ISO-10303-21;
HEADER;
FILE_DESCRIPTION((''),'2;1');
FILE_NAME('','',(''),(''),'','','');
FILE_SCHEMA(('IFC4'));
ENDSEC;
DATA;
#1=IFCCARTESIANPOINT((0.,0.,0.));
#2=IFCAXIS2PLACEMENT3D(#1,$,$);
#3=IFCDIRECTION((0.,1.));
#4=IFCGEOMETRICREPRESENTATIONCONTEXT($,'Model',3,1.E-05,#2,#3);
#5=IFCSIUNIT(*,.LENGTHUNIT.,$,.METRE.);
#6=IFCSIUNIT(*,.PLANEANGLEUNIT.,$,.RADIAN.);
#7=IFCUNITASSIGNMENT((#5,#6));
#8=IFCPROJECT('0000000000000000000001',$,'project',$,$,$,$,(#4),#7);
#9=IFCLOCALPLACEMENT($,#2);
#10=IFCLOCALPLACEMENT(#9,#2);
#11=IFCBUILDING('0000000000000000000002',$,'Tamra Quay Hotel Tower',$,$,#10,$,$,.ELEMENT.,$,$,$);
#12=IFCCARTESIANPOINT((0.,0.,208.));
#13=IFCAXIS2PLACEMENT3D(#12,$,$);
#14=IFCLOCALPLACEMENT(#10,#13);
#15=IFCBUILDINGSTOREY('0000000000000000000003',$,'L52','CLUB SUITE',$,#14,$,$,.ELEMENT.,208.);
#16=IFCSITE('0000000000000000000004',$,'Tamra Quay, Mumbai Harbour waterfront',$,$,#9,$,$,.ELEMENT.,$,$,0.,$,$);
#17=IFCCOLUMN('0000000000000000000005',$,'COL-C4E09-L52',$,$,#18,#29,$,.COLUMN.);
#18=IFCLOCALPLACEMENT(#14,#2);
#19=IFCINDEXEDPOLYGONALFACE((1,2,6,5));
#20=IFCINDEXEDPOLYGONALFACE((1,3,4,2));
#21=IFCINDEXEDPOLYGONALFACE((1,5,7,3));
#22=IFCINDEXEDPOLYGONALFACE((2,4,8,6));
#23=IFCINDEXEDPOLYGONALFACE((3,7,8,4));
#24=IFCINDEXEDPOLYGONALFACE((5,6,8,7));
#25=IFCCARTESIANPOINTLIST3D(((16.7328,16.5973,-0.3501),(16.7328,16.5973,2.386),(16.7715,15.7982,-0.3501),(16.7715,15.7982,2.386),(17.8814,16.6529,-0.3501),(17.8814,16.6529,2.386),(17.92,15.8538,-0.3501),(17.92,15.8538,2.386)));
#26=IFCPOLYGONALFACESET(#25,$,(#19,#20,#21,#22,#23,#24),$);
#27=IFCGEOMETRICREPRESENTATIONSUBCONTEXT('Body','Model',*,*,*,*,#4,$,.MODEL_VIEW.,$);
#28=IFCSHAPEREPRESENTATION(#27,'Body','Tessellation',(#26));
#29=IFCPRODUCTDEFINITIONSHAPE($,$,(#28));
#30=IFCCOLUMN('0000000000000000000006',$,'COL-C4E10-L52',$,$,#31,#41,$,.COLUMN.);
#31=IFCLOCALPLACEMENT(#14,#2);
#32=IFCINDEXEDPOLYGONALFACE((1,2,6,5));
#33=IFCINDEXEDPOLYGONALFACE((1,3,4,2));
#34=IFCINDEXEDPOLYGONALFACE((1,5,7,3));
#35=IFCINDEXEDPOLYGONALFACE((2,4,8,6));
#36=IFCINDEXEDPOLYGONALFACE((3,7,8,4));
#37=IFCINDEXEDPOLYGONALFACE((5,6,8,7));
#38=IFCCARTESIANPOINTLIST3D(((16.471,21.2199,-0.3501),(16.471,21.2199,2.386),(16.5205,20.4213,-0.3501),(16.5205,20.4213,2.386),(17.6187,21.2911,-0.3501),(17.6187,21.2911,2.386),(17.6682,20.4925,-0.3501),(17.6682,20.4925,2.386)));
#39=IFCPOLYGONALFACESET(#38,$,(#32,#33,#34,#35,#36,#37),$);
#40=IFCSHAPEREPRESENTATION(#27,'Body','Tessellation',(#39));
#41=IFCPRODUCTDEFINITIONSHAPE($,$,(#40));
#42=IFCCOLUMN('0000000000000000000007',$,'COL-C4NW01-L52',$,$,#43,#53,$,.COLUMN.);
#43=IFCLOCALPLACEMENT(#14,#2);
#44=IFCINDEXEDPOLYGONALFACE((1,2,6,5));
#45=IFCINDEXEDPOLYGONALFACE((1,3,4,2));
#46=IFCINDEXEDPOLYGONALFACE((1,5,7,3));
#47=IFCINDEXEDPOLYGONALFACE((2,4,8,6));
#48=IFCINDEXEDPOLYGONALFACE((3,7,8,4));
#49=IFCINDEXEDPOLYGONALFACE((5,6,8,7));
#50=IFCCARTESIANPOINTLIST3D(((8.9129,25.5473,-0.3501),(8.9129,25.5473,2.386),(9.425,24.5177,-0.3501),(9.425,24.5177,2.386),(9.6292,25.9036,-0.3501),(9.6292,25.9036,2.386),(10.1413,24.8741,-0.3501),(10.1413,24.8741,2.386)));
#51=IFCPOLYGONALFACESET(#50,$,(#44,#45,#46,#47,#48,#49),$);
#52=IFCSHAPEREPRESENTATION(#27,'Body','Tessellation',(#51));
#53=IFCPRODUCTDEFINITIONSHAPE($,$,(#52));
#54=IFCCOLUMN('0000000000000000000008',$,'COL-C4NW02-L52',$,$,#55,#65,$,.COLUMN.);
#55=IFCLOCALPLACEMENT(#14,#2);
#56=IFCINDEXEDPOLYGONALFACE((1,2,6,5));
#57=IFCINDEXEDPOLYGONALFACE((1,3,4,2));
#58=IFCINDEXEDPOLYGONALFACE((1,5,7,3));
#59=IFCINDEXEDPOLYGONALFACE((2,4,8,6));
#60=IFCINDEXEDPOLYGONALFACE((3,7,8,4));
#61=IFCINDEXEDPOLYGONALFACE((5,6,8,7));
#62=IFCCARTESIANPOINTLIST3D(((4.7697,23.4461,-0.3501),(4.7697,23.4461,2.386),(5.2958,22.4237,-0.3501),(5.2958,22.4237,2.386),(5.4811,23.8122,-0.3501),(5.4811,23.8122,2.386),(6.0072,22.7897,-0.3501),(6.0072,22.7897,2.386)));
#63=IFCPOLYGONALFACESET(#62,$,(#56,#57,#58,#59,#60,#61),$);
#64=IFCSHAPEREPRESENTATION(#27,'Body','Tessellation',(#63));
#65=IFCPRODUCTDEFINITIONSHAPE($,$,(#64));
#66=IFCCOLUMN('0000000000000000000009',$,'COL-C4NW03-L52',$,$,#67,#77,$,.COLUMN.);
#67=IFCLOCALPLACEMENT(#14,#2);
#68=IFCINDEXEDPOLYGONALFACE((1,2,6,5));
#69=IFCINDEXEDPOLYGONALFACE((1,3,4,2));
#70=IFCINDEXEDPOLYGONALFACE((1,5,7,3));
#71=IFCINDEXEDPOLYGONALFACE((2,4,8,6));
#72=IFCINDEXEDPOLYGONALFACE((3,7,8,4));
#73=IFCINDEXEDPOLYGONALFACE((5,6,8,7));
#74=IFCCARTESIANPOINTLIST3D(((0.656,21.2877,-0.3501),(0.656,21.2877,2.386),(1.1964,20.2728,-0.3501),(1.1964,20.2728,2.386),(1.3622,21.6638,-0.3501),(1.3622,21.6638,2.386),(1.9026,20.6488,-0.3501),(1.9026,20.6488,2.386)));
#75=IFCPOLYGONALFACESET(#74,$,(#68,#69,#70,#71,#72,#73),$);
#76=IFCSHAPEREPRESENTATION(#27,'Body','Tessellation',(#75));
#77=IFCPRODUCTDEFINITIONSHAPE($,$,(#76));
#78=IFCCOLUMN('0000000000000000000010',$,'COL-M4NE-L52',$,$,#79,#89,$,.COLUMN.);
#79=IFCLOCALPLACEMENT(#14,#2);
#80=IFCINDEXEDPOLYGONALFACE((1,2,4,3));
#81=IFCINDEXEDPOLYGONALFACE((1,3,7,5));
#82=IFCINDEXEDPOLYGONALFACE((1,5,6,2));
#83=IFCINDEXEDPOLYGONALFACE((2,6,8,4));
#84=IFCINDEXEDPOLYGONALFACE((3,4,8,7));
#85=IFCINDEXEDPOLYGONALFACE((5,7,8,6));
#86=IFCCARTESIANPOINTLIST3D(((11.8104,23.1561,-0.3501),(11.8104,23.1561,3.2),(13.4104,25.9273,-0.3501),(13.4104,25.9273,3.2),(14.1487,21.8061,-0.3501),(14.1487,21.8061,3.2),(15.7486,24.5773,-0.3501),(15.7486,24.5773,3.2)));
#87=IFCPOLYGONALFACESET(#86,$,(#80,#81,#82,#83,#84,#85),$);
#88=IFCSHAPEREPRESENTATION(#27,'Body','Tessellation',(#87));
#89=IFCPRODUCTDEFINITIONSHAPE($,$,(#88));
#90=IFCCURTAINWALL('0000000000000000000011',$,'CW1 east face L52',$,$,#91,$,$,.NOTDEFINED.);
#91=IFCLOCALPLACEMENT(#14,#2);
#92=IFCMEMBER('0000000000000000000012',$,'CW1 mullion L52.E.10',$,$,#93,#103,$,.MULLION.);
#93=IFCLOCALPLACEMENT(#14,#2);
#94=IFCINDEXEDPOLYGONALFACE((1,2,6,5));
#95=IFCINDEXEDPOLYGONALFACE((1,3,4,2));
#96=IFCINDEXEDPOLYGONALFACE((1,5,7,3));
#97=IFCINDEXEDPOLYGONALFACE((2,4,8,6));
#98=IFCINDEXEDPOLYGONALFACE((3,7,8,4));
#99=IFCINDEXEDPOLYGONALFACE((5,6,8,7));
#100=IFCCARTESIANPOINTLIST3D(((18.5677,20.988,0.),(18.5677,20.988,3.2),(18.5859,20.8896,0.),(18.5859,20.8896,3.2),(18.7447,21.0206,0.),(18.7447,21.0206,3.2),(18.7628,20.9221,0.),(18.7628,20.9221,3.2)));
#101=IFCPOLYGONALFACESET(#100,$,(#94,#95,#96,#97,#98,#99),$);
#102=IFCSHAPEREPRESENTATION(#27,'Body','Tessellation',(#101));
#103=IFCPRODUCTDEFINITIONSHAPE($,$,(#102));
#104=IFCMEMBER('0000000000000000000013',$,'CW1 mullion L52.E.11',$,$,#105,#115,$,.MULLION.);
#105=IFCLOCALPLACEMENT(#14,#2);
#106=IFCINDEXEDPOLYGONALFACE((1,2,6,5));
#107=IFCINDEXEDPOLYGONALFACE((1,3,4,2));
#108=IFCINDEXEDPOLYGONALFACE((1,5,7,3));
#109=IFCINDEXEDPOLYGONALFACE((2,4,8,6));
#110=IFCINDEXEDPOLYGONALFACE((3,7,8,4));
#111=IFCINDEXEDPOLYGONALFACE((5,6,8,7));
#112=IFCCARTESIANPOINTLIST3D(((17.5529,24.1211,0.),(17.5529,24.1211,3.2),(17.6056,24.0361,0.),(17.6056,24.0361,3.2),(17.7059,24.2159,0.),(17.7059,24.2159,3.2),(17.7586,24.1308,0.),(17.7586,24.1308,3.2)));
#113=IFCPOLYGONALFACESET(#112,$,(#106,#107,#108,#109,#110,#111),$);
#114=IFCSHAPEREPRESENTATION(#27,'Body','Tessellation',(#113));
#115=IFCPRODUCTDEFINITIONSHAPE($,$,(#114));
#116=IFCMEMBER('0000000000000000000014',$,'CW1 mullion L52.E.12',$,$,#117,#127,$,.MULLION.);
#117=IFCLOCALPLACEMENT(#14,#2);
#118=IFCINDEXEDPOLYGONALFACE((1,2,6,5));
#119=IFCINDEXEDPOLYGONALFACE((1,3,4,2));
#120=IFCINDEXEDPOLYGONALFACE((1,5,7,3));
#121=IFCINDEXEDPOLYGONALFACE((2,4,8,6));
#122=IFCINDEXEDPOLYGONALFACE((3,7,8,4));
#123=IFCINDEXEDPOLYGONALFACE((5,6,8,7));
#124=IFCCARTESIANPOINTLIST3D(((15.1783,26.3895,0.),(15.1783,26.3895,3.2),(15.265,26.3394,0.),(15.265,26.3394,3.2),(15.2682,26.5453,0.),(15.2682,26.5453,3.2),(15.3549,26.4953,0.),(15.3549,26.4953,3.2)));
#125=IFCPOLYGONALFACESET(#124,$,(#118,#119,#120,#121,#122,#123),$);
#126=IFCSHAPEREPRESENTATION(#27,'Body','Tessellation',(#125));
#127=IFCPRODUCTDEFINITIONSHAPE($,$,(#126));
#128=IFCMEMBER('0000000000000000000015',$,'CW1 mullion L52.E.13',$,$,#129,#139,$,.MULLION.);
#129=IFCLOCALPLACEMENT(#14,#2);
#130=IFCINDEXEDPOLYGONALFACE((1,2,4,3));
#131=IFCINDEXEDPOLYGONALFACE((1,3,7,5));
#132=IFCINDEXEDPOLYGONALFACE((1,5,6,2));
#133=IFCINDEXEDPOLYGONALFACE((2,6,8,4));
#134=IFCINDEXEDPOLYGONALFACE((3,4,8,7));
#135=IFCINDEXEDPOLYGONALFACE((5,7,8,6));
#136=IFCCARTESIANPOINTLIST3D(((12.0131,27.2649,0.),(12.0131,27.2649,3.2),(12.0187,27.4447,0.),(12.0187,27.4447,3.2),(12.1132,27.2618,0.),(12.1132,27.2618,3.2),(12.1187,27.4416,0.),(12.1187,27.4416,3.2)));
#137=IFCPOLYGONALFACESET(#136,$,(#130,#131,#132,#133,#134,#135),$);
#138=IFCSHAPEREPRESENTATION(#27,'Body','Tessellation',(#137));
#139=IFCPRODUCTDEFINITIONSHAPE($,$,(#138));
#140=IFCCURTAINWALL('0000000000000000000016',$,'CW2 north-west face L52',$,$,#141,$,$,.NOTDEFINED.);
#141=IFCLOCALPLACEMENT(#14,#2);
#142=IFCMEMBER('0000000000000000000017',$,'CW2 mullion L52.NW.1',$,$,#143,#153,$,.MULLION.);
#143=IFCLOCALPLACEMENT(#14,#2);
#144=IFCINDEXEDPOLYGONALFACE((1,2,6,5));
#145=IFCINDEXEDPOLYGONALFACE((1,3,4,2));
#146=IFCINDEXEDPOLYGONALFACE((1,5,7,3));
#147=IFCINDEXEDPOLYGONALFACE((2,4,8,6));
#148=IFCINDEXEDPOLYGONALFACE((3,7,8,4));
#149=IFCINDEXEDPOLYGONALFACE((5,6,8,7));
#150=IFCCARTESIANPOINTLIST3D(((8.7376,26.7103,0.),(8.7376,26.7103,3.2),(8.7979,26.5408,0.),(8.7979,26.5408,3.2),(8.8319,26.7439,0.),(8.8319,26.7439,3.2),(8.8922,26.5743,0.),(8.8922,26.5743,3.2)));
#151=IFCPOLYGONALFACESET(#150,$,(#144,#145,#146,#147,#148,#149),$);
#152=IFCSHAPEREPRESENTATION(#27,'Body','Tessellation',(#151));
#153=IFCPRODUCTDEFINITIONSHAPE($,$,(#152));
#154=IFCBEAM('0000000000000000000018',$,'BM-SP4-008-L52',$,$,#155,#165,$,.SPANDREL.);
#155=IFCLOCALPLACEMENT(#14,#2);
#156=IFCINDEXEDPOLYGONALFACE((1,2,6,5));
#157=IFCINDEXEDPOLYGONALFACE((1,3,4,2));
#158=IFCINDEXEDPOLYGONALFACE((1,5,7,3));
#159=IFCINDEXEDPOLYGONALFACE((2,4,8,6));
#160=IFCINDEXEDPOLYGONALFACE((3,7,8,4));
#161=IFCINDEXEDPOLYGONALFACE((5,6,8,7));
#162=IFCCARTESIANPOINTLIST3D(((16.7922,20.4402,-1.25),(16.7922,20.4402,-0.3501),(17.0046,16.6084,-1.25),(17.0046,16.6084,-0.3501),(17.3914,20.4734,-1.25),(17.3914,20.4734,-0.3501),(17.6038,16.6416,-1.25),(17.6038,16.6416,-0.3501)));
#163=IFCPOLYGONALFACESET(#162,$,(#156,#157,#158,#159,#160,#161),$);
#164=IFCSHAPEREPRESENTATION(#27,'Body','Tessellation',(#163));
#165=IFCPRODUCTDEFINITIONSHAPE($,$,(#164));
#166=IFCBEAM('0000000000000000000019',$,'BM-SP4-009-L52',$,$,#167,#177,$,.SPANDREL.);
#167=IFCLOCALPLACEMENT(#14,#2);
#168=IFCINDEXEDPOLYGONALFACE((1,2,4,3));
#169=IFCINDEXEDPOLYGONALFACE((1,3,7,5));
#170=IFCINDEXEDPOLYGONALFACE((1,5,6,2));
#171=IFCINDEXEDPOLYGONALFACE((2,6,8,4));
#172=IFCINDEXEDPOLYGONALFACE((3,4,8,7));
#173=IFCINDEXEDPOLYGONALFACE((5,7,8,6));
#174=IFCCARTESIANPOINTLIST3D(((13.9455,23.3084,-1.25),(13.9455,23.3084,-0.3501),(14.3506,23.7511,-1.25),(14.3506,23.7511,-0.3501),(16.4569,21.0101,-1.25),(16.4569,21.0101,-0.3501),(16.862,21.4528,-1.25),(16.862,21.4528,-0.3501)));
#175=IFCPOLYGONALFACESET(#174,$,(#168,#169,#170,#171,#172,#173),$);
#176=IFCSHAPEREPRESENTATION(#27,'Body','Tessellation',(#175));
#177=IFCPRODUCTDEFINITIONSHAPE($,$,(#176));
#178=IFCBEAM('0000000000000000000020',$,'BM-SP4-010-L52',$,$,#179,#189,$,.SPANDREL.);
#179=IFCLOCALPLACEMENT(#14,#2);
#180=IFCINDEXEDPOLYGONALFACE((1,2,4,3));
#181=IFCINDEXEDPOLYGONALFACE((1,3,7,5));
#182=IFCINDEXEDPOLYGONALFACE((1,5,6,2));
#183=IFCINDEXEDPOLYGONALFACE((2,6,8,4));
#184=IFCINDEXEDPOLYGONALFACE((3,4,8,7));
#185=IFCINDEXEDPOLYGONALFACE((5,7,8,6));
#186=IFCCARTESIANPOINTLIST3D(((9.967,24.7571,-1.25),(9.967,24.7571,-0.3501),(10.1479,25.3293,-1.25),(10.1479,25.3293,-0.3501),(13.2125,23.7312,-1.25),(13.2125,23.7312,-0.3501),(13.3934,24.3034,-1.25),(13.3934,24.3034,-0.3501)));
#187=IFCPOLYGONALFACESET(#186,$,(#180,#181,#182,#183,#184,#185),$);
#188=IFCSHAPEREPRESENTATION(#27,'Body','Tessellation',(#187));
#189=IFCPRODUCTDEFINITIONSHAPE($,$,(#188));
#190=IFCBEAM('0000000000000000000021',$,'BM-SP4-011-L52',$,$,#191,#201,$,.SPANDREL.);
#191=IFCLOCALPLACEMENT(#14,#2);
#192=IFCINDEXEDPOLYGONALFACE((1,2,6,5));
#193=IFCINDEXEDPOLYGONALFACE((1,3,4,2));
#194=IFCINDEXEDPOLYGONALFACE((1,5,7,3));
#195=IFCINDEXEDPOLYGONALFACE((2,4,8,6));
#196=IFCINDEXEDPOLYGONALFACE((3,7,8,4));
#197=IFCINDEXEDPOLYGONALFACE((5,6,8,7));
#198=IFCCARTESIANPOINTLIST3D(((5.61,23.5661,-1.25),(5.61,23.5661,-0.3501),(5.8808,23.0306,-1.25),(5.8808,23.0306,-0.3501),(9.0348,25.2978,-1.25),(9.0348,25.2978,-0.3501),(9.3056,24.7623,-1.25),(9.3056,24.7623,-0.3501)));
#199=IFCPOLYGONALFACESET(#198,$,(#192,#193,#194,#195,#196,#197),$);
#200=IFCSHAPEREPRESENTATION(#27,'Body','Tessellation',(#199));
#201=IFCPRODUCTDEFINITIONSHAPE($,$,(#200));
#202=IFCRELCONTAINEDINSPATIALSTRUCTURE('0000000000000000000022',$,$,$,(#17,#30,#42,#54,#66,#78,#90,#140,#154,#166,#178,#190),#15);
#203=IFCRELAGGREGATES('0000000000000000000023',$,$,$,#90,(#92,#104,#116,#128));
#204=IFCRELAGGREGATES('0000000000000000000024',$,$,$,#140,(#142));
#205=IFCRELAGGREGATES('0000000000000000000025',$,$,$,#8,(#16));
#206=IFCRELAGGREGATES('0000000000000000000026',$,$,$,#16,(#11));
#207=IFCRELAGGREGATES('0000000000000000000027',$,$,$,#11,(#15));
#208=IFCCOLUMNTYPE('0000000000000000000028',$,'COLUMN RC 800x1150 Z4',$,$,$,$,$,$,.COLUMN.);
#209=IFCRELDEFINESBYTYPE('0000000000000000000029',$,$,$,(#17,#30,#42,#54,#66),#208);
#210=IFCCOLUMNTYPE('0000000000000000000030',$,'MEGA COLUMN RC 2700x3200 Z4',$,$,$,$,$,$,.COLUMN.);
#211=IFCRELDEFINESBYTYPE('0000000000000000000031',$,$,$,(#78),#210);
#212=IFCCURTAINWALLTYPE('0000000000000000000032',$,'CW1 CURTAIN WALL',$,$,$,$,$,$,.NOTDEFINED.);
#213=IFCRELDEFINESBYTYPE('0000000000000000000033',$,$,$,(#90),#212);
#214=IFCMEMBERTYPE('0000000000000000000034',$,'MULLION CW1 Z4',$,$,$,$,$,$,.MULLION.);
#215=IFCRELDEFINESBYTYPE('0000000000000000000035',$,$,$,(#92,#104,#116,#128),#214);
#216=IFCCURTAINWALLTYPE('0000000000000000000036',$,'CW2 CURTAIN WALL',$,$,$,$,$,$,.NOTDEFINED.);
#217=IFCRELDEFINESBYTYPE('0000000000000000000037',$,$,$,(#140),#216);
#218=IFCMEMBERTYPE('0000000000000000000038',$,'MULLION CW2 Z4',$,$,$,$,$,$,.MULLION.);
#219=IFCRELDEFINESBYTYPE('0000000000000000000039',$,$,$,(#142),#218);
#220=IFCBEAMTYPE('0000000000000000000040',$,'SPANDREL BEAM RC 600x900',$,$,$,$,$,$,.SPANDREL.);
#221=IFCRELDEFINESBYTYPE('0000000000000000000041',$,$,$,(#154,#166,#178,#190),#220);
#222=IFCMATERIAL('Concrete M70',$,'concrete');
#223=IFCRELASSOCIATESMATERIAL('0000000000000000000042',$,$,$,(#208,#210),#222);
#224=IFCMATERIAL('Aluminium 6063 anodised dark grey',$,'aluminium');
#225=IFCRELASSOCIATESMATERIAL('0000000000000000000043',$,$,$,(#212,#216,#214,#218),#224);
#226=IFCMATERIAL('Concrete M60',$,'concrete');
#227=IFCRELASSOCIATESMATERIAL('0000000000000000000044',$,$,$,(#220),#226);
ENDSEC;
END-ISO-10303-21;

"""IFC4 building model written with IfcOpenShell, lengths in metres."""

from ifc_helpers import new_model, si_unit, direction, frame, origin, origin_2d, place, context, subcontext, project, spatial, rectangle, extrude, material, material_profile, profile_set, type_object, element, aggregate, save


model = new_model("IFC4")

# Units and contexts
model_context = context("Model", 3, precision=1e-05, world=origin(), true_north=direction((0.0, 1.0)))
body_context = subcontext(model_context, "Body", "Model", "MODEL_VIEW")
ifc_project = project(units=[si_unit("LENGTHUNIT", "METRE"), si_unit("PLANEANGLEUNIT", "RADIAN")], contexts=[model_context])

# Site, building, storey
site_placement = place(None, origin())
site = spatial("IfcSite", under=ifc_project, at=site_placement, Name="Tamra Quay, Mumbai Harbour waterfront", CompositionType="ELEMENT", RefElevation=0.0)
building_placement = place(site_placement, origin())
building = spatial("IfcBuilding", under=site, at=building_placement, Name="Tamra Quay Hotel Tower", CompositionType="ELEMENT")
storey_placement = place(building_placement, frame((0.0, 0.0, 208.0)))
storey = spatial("IfcBuildingStorey", under=building, at=storey_placement, Name="L52", Description="CLUB SUITE", CompositionType="ELEMENT", Elevation=208.0)

# Columns
ifc_material_1 = material(Name="Concrete M70", Category="concrete")
ifc_material_profile_1 = material_profile(ifc_material_1, rectangle(XDim=1.1499, YDim=0.8, at=origin_2d()), Name="COLUMN RC 800x1150 Z4")
ifc_profile_set_1 = profile_set([ifc_material_profile_1], Name="Concrete M70")
column_type_1 = type_object("IfcColumnType", Name="COLUMN RC 800x1150 Z4", PredefinedType="COLUMN", material=ifc_profile_set_1)
for number, where, z_axis, x_axis, name in (
    (1, (17.3264, 16.2256, -0.3501), (0.0, 0.0, 1.0), (0.998831, 0.048344, 0.0), "COL-C4E09-L52"),
    (2, (17.0696, 20.8562, -0.3501), (0.0, 0.0, 1.0), (0.998081, 0.061921, 0.0), "COL-C4E10-L52"),
    (3, (9.5271, 25.2107, -0.3501), (0.0, 0.0, 1.0), (-0.445415, 0.895324, 0.0), "COL-C4NW01-L52"),
    (4, (5.3884, 23.1179, -0.3501), (0.0, 0.0, 1.0), (-0.457548, 0.889185, 0.0), "COL-C4NW02-L52"),
    (5, (1.2793, 20.9683, -0.3501), (0.0, 0.0, 1.0), (-0.470002, 0.882666, 0.0), "COL-C4NW03-L52"),
):
    element("IfcColumn", number, at=place(storey_placement, frame(where, z_axis=z_axis, x_axis=x_axis)), inside=storey, type_object=column_type_1, Name=name, PredefinedType="COLUMN", context=body_context, shape_type="SweptSolid", body=[
        extrude(rectangle(XDim=1.1499, YDim=0.8, at=origin_2d()), origin(), (0.0, 0.0, 1.0), 2.7361),
    ])
ifc_material_profile_2 = material_profile(ifc_material_1, rectangle(XDim=3.2, YDim=2.7, at=origin_2d()), Name="MEGA COLUMN RC 2700x3200 Z4")
ifc_profile_set_2 = profile_set([ifc_material_profile_2], Name="Concrete M70")
column_type_2 = type_object("IfcColumnType", Name="MEGA COLUMN RC 2700x3200 Z4", PredefinedType="COLUMN", material=ifc_profile_set_2)
column_placement = place(storey_placement, frame((13.7795, 23.8667, -0.3501), z_axis=(0.0, 0.0, 1.0), x_axis=(0.5, 0.866025, 0.0)))
element("IfcColumn", 6, at=column_placement, inside=storey, type_object=column_type_2, Name="COL-M4NE-L52", PredefinedType="COLUMN", context=body_context, shape_type="SweptSolid", body=[
    extrude(rectangle(XDim=3.2, YDim=2.7, at=origin_2d()), origin(), (0.0, 0.0, 1.0), 3.55),
])

# Curtain wall, members
ifc_material_2 = material(Name="Aluminium 6063 anodised dark grey", Category="aluminium")
curtain_wall_type_1 = type_object("IfcCurtainWallType", Name="CW1 CURTAIN WALL", PredefinedType="NOTDEFINED", material=ifc_material_2)
curtain_wall_1_placement = place(storey_placement, origin())
curtain_wall_1 = element("IfcCurtainWall", 7, at=curtain_wall_1_placement, inside=storey, type_object=curtain_wall_type_1, Name="CW1 east face L52", PredefinedType="NOTDEFINED")
ifc_material_profile_3 = material_profile(ifc_material_2, rectangle(XDim=0.1799, YDim=0.1001, at=origin_2d()), Name="MULLION 100X180")
ifc_profile_set_3 = profile_set([ifc_material_profile_3], Name="Aluminium 6063 anodised dark grey")
member_type_1 = type_object("IfcMemberType", Name="MULLION CW1 Z4", PredefinedType="MULLION", material=ifc_profile_set_3)
member_1_placement = place(storey_placement, frame((18.6653, 20.9551, 0.0), z_axis=(0.0, 0.0, 1.0), x_axis=(0.983509, 0.180857, 0.0)))
member_1 = element("IfcMember", 8, at=member_1_placement, type_object=member_type_1, Name="CW1 mullion L52.E.10", PredefinedType="MULLION", context=body_context, shape_type="SweptSolid", body=[
    extrude(rectangle(XDim=0.1799, YDim=0.1001, at=origin_2d()), origin(), (0.0, 0.0, 1.0), 3.2),
])
member_2_placement = place(storey_placement, frame((17.6558, 24.126, 0.0), z_axis=(0.0, 0.0, 1.0), x_axis=(0.850122, 0.526586, 0.0)))
member_2 = element("IfcMember", 9, at=member_2_placement, type_object=member_type_1, Name="CW1 mullion L52.E.11", PredefinedType="MULLION", context=body_context, shape_type="SweptSolid", body=[
    extrude(rectangle(XDim=0.1799, YDim=0.1001, at=origin_2d()), origin(), (0.0, 0.0, 1.0), 3.2),
])
member_3_placement = place(storey_placement, frame((15.2666, 26.4424, 0.0), z_axis=(0.0, 0.0, 1.0), x_axis=(0.5, 0.866025, 0.0)))
member_3 = element("IfcMember", 10, at=member_3_placement, type_object=member_type_1, Name="CW1 mullion L52.E.12", PredefinedType="MULLION", context=body_context, shape_type="SweptSolid", body=[
    extrude(rectangle(XDim=0.1799, YDim=0.1001, at=origin_2d()), origin(), (0.0, 0.0, 1.0), 3.2),
])
member_4_placement = place(storey_placement, frame((12.0659, 27.3533, 0.0), z_axis=(0.0, 0.0, 1.0), x_axis=(0.030975, 0.99952, 0.0)))
member_4 = element("IfcMember", 11, at=member_4_placement, type_object=member_type_1, Name="CW1 mullion L52.E.13", PredefinedType="MULLION", context=body_context, shape_type="SweptSolid", body=[
    extrude(rectangle(XDim=0.1799, YDim=0.1001, at=origin_2d()), origin(), (0.0, 0.0, 1.0), 3.2),
])

# Curtain wall, member
curtain_wall_type_2 = type_object("IfcCurtainWallType", Name="CW2 CURTAIN WALL", PredefinedType="NOTDEFINED", material=ifc_material_2)
curtain_wall_2_placement = place(storey_placement, origin())
curtain_wall_2 = element("IfcCurtainWall", 12, at=curtain_wall_2_placement, inside=storey, type_object=curtain_wall_type_2, Name="CW2 north-west face L52", PredefinedType="NOTDEFINED")
ifc_material_profile_4 = material_profile(ifc_material_2, rectangle(XDim=0.1799, YDim=0.1001, at=origin_2d()), Name="MULLION 100X180")
ifc_profile_set_4 = profile_set([ifc_material_profile_4], Name="Aluminium 6063 anodised dark grey")
member_type_2 = type_object("IfcMemberType", Name="MULLION CW2 Z4", PredefinedType="MULLION", material=ifc_profile_set_4)
member_5_placement = place(storey_placement, frame((8.8149, 26.6423, 0.0), z_axis=(0.0, 0.0, 1.0), x_axis=(-0.335128, 0.942173, 0.0)))
member_5 = element("IfcMember", 13, at=member_5_placement, type_object=member_type_2, Name="CW2 mullion L52.NW.1", PredefinedType="MULLION", context=body_context, shape_type="SweptSolid", body=[
    extrude(rectangle(XDim=0.1799, YDim=0.1001, at=origin_2d()), origin(), (0.0, 0.0, 1.0), 3.2),
])

# Beams
ifc_material_3 = material(Name="Concrete M60", Category="concrete")
ifc_material_profile_5 = material_profile(ifc_material_3, rectangle(XDim=0.6001, YDim=0.8999, at=origin_2d()), Name="SPANDREL BEAM RC 600x900")
ifc_profile_set_5 = profile_set([ifc_material_profile_5], Name="Concrete M60")
beam_type = type_object("IfcBeamType", Name="SPANDREL BEAM RC 600x900", PredefinedType="SPANDREL", material=ifc_profile_set_5)
beam_1_placement = place(storey_placement, frame((17.3042, 16.625, -0.8), z_axis=(-0.055347, 0.998467, 0.0), x_axis=(-0.998467, -0.055347, 0.0)))
element("IfcBeam", 14, at=beam_1_placement, inside=storey, type_object=beam_type, Name="BM-SP4-008-L52", PredefinedType="SPANDREL", context=body_context, shape_type="SweptSolid", body=[
    extrude(rectangle(XDim=0.6001, YDim=0.8999, at=origin_2d()), origin(), (0.0, 0.0, 1.0), 3.8376),
])
beam_2_placement = place(storey_placement, frame((16.6594, 21.2314, -0.8), z_axis=(-0.737716, 0.675111, 0.0), x_axis=(-0.675111, -0.737716, 0.0)))
element("IfcBeam", 15, at=beam_2_placement, inside=storey, type_object=beam_type, Name="BM-SP4-009-L52", PredefinedType="SPANDREL", context=body_context, shape_type="SweptSolid", body=[
    extrude(rectangle(XDim=0.6001, YDim=0.8999, at=origin_2d()), origin(), (0.0, 0.0, 1.0), 3.4043),
])
beam_3_placement = place(storey_placement, frame((13.303, 24.0173, -0.8), z_axis=(-0.953502, 0.301385, 0.0), x_axis=(-0.301385, -0.953502, 0.0)))
element("IfcBeam", 16, at=beam_3_placement, inside=storey, type_object=beam_type, Name="BM-SP4-010-L52", PredefinedType="SPANDREL", context=body_context, shape_type="SweptSolid", body=[
    extrude(rectangle(XDim=0.6001, YDim=0.8999, at=origin_2d()), origin(), (0.0, 0.0, 1.0), 3.4038),
])
beam_4_placement = place(storey_placement, frame((9.1702, 25.03, -0.8), z_axis=(-0.892408, -0.45123, 0.0), x_axis=(0.45123, -0.892408, 0.0)))
element("IfcBeam", 17, at=beam_4_placement, inside=storey, type_object=beam_type, Name="BM-SP4-011-L52", PredefinedType="SPANDREL", context=body_context, shape_type="SweptSolid", body=[
    extrude(rectangle(XDim=0.6001, YDim=0.8999, at=origin_2d()), origin(), (0.0, 0.0, 1.0), 3.8376),
])

aggregate(curtain_wall_1, [member_1, member_2, member_3, member_4])
aggregate(curtain_wall_2, [member_5])

save(model, "model.ifc")
